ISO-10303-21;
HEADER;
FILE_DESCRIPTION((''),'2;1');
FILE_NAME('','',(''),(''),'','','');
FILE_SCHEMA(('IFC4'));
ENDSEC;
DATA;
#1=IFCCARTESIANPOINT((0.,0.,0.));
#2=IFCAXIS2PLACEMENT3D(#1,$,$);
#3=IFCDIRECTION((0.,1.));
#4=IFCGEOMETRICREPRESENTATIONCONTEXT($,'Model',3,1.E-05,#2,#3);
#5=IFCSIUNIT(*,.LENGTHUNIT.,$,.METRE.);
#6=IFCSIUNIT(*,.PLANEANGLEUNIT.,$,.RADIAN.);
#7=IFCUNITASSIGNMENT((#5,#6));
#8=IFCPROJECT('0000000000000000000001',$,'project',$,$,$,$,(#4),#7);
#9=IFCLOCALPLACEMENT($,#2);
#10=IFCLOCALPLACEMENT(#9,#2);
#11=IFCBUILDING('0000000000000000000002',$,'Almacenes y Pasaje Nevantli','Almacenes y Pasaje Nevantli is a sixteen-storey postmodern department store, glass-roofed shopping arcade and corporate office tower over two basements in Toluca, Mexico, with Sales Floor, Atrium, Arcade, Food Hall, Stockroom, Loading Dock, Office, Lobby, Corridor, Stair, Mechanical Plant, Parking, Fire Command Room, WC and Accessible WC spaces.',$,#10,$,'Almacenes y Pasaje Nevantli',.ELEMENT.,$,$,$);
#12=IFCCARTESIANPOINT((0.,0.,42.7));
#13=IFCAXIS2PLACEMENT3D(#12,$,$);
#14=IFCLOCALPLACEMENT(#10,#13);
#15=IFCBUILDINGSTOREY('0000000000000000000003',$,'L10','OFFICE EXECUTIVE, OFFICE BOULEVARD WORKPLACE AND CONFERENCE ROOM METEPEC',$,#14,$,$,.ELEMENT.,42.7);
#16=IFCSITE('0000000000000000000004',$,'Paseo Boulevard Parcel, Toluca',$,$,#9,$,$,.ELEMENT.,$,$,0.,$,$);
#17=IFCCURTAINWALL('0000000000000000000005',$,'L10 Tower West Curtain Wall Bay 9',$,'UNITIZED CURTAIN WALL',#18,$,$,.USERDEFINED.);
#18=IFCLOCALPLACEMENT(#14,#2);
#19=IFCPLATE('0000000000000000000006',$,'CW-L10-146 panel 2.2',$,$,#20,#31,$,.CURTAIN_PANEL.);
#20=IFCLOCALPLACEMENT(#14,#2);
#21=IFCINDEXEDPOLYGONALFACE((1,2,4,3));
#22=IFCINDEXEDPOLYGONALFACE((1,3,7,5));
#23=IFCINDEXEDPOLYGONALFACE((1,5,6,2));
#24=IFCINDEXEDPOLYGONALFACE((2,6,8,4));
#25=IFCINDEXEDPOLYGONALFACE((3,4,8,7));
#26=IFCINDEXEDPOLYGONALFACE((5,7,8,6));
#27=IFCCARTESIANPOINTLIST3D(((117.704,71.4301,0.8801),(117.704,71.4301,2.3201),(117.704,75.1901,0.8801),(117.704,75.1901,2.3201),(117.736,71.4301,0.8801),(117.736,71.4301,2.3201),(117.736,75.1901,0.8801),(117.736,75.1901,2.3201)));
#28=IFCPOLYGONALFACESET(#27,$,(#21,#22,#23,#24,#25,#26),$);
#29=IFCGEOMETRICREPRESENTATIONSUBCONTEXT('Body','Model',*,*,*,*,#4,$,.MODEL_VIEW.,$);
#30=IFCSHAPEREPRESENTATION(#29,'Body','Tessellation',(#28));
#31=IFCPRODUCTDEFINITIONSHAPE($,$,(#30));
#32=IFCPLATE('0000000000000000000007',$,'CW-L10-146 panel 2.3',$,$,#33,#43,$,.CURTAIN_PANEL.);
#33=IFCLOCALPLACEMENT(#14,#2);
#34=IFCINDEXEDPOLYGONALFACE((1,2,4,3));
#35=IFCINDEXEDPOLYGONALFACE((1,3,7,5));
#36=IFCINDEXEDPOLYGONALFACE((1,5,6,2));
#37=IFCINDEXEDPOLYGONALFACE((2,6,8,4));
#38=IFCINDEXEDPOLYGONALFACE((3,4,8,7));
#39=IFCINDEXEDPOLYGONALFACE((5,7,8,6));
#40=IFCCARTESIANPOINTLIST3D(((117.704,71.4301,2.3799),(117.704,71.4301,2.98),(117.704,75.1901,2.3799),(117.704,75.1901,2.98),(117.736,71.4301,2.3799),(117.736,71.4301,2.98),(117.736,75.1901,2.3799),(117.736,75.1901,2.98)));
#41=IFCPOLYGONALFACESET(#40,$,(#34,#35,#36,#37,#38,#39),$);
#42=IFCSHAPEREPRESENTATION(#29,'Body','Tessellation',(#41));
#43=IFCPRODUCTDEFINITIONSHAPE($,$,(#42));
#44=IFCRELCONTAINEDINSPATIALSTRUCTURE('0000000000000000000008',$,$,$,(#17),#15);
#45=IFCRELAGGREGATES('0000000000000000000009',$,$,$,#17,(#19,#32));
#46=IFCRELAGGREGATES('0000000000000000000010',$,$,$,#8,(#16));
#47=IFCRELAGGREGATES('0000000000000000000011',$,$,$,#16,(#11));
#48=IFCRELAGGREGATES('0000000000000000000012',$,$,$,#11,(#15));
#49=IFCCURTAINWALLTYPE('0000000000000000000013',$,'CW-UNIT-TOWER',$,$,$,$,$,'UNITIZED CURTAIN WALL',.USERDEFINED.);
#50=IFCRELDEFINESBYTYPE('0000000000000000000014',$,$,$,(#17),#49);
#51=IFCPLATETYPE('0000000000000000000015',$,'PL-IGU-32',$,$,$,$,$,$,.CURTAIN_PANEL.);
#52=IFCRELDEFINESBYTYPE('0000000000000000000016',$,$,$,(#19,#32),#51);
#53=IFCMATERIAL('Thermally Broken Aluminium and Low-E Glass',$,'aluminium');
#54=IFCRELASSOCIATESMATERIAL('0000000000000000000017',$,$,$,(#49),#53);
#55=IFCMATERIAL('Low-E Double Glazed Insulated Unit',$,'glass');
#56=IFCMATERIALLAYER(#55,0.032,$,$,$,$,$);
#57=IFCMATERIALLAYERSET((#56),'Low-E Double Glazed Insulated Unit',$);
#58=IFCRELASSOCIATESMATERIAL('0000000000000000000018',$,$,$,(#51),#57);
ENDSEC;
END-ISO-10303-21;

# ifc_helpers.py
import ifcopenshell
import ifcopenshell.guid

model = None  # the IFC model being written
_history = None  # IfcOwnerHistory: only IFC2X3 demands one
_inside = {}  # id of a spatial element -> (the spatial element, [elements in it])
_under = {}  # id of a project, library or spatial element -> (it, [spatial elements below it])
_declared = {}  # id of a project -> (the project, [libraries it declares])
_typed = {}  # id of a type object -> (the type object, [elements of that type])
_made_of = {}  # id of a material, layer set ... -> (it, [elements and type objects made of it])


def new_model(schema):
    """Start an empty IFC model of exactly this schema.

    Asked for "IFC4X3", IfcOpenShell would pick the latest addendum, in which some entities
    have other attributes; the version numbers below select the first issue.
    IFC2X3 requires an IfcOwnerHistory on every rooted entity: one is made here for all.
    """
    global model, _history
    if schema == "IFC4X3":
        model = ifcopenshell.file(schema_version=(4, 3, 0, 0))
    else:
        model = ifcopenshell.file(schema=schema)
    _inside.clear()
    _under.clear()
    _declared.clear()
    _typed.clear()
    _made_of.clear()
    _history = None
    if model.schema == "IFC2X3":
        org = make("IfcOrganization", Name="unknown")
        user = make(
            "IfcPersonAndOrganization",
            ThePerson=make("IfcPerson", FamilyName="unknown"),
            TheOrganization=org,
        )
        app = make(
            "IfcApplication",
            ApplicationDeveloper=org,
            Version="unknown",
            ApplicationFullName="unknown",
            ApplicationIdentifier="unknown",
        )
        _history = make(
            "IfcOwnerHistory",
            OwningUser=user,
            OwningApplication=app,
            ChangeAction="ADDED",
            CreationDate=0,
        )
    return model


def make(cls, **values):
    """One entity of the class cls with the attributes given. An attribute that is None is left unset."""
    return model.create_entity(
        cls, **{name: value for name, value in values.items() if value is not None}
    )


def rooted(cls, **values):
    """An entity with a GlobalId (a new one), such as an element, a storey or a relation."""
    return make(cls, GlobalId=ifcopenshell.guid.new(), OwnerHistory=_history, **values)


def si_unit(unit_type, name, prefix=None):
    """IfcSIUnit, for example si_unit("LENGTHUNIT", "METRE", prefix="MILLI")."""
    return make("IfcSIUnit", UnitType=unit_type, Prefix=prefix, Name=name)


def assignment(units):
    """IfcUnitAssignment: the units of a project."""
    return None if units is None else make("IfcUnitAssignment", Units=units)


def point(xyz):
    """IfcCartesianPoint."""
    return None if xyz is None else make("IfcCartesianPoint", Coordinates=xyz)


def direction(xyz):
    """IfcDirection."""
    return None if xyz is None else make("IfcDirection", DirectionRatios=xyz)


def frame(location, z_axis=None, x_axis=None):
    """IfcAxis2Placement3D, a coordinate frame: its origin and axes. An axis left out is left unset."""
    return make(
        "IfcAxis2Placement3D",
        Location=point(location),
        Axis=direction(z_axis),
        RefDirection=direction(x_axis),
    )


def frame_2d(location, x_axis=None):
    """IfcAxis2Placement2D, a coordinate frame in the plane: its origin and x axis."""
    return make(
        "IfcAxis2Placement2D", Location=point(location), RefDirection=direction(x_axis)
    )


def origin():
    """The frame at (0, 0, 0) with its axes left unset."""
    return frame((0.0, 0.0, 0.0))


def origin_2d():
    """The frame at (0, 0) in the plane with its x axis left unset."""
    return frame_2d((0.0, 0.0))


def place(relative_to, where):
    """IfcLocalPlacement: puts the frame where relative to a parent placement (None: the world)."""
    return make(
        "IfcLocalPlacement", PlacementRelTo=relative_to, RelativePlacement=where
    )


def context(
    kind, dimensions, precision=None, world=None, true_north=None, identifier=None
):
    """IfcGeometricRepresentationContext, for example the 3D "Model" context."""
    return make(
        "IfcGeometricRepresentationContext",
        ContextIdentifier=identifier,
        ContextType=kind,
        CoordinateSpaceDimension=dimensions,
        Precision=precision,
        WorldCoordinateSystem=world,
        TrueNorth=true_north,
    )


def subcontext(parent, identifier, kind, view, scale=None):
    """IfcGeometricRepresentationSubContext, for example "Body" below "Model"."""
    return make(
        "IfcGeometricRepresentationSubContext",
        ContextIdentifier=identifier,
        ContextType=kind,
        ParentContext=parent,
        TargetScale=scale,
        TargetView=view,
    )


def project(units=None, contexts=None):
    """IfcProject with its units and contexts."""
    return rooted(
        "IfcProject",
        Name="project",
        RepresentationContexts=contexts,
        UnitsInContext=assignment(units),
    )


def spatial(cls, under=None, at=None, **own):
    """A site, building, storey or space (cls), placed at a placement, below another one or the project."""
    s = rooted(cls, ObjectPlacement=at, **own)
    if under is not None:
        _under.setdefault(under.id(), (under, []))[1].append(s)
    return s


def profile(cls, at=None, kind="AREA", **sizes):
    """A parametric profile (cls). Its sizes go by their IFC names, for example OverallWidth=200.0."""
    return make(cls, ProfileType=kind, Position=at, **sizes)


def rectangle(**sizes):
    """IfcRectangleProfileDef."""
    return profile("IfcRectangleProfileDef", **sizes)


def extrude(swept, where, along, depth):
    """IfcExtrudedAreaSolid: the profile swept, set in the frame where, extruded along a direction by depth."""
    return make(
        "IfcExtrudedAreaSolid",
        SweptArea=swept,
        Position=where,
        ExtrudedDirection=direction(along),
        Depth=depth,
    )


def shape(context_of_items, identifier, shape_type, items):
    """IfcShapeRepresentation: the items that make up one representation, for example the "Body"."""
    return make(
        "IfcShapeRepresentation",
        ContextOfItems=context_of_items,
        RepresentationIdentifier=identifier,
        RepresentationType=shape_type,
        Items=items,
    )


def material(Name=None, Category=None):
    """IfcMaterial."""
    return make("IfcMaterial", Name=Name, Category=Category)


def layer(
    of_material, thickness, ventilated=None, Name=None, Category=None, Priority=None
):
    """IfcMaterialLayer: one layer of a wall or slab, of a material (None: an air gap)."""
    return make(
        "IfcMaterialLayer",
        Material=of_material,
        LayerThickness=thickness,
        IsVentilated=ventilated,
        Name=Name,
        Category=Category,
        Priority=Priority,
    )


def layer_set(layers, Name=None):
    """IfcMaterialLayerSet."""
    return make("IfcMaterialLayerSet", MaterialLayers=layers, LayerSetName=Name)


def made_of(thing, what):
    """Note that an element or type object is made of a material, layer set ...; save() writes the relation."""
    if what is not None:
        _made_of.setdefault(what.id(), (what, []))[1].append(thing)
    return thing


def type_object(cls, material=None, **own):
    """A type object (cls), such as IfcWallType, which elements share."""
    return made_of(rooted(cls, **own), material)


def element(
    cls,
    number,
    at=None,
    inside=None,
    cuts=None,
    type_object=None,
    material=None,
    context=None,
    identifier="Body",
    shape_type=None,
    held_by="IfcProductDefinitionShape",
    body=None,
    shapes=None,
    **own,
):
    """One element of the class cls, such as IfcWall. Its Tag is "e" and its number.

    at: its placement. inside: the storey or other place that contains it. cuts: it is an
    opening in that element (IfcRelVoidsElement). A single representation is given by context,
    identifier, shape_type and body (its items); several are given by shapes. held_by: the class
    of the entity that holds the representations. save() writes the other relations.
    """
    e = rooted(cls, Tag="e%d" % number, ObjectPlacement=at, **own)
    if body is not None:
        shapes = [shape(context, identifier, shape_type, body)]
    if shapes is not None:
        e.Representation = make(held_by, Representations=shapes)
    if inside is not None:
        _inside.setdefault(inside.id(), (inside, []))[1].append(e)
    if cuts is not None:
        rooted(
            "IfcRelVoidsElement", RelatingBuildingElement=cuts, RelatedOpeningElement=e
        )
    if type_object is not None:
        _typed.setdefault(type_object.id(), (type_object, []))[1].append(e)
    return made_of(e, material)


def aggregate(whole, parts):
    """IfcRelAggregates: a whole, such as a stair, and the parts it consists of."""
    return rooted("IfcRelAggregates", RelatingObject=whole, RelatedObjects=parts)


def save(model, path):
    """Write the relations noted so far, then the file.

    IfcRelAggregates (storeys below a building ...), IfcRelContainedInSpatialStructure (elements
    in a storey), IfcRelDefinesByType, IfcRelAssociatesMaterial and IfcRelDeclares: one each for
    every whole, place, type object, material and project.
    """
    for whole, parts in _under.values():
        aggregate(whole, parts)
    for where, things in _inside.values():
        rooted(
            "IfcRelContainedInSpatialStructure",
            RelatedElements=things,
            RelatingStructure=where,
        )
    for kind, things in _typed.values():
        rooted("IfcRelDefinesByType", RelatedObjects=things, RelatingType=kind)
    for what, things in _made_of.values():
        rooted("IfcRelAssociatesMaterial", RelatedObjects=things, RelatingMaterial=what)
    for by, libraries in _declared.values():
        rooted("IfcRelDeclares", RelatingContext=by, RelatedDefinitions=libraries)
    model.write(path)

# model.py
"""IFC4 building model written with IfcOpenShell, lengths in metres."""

from ifc_helpers import new_model, si_unit, direction, frame, origin, origin_2d, place, context, subcontext, project, spatial, rectangle, extrude, material, layer, layer_set, type_object, element, aggregate, save


model = new_model("IFC4")

# Units and contexts
model_context = context("Model", 3, precision=1e-05, world=origin(), true_north=direction((0.0, 1.0)))
body_context = subcontext(model_context, "Body", "Model", "MODEL_VIEW")
ifc_project = project(units=[si_unit("LENGTHUNIT", "METRE"), si_unit("PLANEANGLEUNIT", "RADIAN")], contexts=[model_context])

# Site, building, storey
site_placement = place(None, origin())
site = spatial("IfcSite", under=ifc_project, at=site_placement, Name="Paseo Boulevard Parcel, Toluca", CompositionType="ELEMENT", RefElevation=0.0)
building_placement = place(site_placement, origin())
building = spatial("IfcBuilding", under=site, at=building_placement, Name="Almacenes y Pasaje Nevantli", Description="Almacenes y Pasaje Nevantli is a sixteen-storey postmodern department store, glass-roofed shopping arcade and corporate office tower over two basements in Toluca, Mexico, with Sales Floor, Atrium, Arcade, Food Hall, Stockroom, Loading Dock, Office, Lobby, Corridor, Stair, Mechanical Plant, Parking, Fire Command Room, WC and Accessible WC spaces.", LongName="Almacenes y Pasaje Nevantli", CompositionType="ELEMENT")
storey_placement = place(building_placement, frame((0.0, 0.0, 42.7)))
storey = spatial("IfcBuildingStorey", under=building, at=storey_placement, Name="L10", Description="OFFICE EXECUTIVE, OFFICE BOULEVARD WORKPLACE AND CONFERENCE ROOM METEPEC", CompositionType="ELEMENT", Elevation=42.7)

# Curtain wall
ifc_material_1 = material(Name="Thermally Broken Aluminium and Low-E Glass", Category="aluminium")
curtain_wall_type = type_object("IfcCurtainWallType", Name="CW-UNIT-TOWER", ElementType="UNITIZED CURTAIN WALL", PredefinedType="USERDEFINED", material=ifc_material_1)
curtain_wall_1_placement = place(storey_placement, origin())
curtain_wall_1 = element("IfcCurtainWall", 1, at=curtain_wall_1_placement, inside=storey, type_object=curtain_wall_type, Name="L10 Tower West Curtain Wall Bay 9", ObjectType="UNITIZED CURTAIN WALL", PredefinedType="USERDEFINED")

# Plates
ifc_material_2 = material(Name="Low-E Double Glazed Insulated Unit", Category="glass")
ifc_layer = layer(ifc_material_2, 0.032)
ifc_layer_set = layer_set([ifc_layer], Name="Low-E Double Glazed Insulated Unit")
plate_type = type_object("IfcPlateType", Name="PL-IGU-32", PredefinedType="CURTAIN_PANEL", material=ifc_layer_set)
plate_1_placement = place(storey_placement, frame((117.72, 73.3101, 0.8801), z_axis=(0.0, 0.0, 1.0), x_axis=(0.0, 1.0, 0.0)))
plate_1 = element("IfcPlate", 2, at=plate_1_placement, type_object=plate_type, Name="CW-L10-146 panel 2.2", PredefinedType="CURTAIN_PANEL", context=body_context, shape_type="SweptSolid", body=[
    extrude(rectangle(XDim=3.76, YDim=0.032, at=origin_2d()), origin(), (0.0, 0.0, 1.0), 1.4399),
])
plate_2_placement = place(storey_placement, frame((117.72, 73.3101, 2.3799), z_axis=(0.0, 0.0, 1.0), x_axis=(0.0, 1.0, 0.0)))
plate_2 = element("IfcPlate", 3, at=plate_2_placement, type_object=plate_type, Name="CW-L10-146 panel 2.3", PredefinedType="CURTAIN_PANEL", context=body_context, shape_type="SweptSolid", body=[
    extrude(rectangle(XDim=3.76, YDim=0.032, at=origin_2d()), origin(), (0.0, 0.0, 1.0), 0.6001),
])
aggregate(curtain_wall_1, [plate_1, plate_2])

save(model, "model.ifc")
